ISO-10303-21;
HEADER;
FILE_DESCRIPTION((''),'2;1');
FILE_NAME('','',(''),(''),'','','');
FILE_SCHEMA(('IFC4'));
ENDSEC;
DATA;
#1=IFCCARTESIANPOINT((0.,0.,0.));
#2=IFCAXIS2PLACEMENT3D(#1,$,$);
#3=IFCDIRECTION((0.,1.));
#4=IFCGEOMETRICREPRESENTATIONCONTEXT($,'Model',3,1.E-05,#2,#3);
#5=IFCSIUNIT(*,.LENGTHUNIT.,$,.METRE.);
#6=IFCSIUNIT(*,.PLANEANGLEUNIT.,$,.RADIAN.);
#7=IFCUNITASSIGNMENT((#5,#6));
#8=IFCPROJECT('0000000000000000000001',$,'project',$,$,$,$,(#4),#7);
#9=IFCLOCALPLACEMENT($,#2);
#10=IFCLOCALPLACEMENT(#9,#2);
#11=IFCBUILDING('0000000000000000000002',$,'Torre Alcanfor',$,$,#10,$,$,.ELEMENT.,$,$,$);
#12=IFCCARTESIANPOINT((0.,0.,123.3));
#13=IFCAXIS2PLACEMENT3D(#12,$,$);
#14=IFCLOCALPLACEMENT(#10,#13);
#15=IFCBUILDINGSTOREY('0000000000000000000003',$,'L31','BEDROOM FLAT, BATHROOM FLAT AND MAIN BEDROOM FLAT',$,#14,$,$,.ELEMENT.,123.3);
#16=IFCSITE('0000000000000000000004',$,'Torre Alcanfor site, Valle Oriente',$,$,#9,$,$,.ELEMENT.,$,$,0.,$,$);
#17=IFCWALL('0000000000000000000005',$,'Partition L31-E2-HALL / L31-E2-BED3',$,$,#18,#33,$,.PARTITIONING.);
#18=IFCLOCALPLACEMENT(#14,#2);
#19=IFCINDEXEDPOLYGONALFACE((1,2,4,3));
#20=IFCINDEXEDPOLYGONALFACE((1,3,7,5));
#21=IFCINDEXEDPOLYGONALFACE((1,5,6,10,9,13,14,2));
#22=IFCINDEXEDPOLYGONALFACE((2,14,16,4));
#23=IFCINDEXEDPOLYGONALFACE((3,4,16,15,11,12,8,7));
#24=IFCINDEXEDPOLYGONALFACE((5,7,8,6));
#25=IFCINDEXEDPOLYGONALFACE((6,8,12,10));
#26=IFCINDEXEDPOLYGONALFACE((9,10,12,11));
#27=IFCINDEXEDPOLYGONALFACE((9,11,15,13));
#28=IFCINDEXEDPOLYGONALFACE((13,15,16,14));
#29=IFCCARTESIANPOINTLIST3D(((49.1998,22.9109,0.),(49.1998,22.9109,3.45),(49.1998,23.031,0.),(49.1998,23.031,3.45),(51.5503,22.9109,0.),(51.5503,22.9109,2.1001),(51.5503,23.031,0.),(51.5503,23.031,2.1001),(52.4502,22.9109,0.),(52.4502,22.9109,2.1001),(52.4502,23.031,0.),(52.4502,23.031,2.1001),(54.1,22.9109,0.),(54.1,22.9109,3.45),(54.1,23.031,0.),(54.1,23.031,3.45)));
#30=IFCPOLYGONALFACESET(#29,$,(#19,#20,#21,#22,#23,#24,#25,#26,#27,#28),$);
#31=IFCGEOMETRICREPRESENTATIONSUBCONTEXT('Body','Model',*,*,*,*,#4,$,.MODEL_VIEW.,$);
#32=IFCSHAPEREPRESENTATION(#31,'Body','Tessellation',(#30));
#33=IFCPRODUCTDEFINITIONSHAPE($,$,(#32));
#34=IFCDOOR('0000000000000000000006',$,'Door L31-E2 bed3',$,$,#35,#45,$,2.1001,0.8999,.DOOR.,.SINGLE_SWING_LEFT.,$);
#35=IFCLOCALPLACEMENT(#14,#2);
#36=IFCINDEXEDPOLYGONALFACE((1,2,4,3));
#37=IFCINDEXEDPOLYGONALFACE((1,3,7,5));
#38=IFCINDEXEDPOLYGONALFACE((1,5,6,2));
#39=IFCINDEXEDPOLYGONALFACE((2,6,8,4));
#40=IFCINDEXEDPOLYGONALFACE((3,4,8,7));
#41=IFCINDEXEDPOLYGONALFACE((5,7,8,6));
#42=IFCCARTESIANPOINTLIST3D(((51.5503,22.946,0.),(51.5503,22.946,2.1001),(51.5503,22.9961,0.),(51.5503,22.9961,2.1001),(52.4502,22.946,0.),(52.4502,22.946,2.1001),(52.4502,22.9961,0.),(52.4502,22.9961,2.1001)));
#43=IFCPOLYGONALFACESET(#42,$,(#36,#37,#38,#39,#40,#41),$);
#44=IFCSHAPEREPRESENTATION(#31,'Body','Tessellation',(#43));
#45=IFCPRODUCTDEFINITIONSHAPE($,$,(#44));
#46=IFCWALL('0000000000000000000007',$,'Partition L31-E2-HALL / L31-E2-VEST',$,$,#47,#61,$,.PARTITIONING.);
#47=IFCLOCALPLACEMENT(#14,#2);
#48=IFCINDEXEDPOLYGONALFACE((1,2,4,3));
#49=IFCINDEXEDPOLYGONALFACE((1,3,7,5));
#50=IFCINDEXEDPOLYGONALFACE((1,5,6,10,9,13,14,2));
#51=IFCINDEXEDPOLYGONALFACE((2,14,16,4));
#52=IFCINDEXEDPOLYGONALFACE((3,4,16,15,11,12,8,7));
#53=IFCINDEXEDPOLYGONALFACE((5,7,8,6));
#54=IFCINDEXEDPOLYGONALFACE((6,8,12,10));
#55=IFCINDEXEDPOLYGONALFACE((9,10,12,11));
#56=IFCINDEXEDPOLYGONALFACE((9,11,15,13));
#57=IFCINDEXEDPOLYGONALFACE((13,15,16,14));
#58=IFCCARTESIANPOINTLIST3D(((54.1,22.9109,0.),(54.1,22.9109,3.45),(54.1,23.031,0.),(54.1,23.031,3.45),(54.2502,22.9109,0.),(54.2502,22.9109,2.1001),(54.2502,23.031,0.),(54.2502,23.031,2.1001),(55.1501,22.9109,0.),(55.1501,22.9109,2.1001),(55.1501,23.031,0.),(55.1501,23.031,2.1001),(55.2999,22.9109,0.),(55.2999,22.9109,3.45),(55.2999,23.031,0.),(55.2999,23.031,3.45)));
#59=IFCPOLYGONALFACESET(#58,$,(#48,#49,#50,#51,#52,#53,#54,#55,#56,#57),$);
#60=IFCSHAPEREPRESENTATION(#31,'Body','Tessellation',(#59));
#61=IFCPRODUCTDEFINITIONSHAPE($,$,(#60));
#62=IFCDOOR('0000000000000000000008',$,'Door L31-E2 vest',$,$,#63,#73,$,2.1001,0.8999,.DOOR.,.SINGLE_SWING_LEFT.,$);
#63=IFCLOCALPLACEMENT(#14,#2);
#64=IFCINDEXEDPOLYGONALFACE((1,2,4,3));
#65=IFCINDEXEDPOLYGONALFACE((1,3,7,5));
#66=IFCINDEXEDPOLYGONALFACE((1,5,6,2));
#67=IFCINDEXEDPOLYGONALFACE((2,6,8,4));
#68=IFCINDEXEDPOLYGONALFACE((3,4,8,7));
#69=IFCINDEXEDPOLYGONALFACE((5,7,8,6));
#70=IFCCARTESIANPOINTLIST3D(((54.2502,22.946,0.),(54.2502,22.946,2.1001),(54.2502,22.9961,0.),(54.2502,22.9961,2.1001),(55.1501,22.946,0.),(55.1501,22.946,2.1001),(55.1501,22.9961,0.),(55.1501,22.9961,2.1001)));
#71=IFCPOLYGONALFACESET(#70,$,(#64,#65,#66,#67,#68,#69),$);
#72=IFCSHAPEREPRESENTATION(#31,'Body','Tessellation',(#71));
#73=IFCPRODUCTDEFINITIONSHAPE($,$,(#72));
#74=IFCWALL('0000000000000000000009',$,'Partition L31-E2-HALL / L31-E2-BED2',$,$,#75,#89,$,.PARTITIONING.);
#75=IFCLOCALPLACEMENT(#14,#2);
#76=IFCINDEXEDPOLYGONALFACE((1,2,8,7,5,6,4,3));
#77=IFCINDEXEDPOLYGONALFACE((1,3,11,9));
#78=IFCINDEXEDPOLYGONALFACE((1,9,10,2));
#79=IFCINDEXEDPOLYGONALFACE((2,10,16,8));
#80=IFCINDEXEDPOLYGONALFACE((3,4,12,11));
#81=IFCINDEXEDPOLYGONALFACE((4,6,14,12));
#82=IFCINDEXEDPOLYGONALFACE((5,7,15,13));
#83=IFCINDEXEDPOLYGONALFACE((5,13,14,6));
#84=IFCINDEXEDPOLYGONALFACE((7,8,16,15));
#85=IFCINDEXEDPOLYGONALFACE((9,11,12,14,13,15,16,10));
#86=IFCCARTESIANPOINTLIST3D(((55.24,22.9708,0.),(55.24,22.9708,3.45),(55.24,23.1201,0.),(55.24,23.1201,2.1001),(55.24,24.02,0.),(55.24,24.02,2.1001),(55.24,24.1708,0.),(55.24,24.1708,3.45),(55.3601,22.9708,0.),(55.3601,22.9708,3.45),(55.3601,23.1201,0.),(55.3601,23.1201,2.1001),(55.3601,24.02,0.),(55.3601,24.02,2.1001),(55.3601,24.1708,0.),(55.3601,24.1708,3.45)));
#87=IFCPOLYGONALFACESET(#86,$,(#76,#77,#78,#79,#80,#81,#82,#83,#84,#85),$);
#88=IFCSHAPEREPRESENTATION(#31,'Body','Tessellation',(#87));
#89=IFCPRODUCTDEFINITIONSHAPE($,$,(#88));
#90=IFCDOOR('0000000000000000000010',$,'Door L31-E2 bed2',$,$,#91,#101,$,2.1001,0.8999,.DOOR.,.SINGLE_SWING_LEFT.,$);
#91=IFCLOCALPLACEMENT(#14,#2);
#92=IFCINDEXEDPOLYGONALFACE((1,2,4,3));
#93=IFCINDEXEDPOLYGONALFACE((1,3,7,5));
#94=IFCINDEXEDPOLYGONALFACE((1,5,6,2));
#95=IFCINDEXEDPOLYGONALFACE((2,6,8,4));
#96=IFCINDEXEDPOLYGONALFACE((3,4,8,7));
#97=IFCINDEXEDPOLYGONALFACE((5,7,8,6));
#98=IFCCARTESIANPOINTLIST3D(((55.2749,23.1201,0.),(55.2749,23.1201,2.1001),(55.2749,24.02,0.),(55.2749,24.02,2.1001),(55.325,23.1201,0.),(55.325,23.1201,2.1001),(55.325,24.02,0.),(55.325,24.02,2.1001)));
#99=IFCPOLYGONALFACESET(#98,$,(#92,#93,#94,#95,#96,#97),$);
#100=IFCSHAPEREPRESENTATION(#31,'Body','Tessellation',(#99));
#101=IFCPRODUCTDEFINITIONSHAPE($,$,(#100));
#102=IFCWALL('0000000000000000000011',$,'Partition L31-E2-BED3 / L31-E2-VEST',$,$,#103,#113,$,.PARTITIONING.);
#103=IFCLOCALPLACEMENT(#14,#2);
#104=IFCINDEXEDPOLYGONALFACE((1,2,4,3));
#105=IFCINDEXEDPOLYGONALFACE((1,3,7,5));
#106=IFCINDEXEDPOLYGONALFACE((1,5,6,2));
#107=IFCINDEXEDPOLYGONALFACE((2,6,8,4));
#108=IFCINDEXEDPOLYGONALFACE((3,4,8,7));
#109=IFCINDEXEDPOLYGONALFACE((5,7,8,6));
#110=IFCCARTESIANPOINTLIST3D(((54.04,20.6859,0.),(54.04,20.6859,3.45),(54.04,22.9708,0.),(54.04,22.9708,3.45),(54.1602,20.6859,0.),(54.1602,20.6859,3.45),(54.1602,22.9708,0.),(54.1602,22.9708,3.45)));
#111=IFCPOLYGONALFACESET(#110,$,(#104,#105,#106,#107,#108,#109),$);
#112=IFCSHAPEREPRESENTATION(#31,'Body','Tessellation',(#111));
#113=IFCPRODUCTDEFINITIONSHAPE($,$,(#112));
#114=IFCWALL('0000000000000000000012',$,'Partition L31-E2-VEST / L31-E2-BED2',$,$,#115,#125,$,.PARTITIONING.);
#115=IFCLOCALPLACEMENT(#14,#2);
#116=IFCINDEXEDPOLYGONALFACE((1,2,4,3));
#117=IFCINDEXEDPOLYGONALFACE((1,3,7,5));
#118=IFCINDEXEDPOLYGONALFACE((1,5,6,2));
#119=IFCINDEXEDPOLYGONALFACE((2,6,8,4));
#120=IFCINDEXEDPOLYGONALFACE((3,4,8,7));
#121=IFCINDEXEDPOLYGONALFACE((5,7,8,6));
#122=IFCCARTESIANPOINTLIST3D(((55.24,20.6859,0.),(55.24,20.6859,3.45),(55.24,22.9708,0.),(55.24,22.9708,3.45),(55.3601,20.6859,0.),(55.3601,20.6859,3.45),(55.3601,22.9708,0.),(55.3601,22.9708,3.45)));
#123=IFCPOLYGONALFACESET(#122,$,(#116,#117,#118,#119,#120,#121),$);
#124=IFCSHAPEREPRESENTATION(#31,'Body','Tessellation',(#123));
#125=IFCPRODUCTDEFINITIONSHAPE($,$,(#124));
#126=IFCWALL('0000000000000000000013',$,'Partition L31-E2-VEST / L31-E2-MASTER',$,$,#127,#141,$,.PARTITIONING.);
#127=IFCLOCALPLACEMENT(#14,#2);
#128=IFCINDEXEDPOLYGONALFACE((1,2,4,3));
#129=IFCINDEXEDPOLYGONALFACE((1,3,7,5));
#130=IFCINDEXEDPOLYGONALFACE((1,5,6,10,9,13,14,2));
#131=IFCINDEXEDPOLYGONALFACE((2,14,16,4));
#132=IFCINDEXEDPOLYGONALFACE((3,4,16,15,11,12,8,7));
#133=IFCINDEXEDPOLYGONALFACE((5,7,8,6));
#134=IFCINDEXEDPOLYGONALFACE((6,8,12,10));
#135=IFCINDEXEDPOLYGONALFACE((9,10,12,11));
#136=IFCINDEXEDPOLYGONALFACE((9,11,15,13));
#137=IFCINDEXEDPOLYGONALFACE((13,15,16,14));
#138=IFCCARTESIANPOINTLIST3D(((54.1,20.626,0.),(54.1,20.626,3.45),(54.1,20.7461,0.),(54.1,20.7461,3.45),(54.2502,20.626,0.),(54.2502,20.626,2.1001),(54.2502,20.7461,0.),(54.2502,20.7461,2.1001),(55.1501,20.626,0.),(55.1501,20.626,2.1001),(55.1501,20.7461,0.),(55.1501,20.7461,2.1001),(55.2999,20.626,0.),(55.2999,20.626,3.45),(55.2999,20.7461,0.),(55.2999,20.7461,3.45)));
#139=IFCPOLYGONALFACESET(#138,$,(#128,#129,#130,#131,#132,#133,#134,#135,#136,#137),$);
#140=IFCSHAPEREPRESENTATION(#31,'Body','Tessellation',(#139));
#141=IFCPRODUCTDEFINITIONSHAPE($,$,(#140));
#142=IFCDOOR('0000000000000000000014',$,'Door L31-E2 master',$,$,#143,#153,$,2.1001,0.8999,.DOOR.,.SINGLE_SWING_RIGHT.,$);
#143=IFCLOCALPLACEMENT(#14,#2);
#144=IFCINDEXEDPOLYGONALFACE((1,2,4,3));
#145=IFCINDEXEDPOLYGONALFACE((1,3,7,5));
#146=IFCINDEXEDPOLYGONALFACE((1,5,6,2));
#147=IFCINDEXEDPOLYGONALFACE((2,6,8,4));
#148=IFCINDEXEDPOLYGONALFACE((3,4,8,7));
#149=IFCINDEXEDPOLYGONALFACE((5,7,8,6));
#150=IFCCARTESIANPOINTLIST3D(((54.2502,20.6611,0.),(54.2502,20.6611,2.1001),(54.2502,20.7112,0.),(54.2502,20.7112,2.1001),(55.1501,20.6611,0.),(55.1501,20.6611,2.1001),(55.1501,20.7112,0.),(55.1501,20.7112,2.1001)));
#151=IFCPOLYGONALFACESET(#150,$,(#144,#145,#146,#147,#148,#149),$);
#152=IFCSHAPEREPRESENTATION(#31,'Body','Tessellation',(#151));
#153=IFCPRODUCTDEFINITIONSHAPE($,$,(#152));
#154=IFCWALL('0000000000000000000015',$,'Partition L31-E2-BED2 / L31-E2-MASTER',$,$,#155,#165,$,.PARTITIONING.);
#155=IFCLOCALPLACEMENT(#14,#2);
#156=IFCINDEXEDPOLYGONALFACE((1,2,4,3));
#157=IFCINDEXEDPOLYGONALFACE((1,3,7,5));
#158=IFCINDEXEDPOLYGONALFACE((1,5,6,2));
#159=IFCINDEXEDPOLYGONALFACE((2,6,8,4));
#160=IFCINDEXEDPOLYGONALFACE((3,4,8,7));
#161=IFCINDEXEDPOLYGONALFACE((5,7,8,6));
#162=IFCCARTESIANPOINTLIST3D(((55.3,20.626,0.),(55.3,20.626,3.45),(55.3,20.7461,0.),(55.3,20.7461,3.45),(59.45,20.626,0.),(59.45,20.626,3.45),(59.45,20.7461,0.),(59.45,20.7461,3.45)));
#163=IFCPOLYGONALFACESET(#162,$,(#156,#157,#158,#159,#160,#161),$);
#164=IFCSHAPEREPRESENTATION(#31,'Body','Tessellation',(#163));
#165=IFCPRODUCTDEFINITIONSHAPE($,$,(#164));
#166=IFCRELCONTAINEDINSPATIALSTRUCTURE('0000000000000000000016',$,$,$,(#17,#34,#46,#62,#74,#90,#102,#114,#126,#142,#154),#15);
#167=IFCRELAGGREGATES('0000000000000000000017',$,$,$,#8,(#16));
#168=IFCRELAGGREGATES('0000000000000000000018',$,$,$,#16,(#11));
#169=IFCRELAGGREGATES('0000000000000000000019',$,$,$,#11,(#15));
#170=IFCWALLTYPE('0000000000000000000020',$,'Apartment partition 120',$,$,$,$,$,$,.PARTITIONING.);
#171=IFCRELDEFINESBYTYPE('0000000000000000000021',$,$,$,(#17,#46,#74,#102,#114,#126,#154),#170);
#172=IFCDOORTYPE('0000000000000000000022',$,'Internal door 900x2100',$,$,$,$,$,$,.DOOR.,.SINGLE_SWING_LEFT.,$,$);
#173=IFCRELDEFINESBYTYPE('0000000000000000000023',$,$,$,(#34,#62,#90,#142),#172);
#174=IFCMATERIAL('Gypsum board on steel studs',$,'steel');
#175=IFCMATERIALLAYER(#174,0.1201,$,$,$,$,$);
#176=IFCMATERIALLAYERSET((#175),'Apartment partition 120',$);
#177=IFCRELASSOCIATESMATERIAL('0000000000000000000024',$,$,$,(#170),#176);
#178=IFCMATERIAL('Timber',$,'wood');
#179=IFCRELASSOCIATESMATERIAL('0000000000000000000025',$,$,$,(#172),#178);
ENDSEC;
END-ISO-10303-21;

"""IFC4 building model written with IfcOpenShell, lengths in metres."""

from ifc_helpers import new_model, si_unit, direction, frame, frame_2d, origin, place, context, subcontext, project, spatial, rectangle, extrude, material, layer, layer_set, type_object, element, fill, save


model = new_model("IFC4")

# Units and contexts
model_context = context("Model", 3, precision=1e-05, world=origin(), true_north=direction((0.0, 1.0)))
body_context = subcontext(model_context, "Body", "Model", "MODEL_VIEW")
ifc_project = project(units=[si_unit("LENGTHUNIT", "METRE"), si_unit("PLANEANGLEUNIT", "RADIAN")], contexts=[model_context])

# Site, building, storey
site_placement = place(None, origin())
site = spatial("IfcSite", under=ifc_project, at=site_placement, Name="Torre Alcanfor site, Valle Oriente", CompositionType="ELEMENT", RefElevation=0.0)
building_placement = place(site_placement, origin())
building = spatial("IfcBuilding", under=site, at=building_placement, Name="Torre Alcanfor", CompositionType="ELEMENT")
storey_placement = place(building_placement, frame((0.0, 0.0, 123.3)))
storey = spatial("IfcBuildingStorey", under=building, at=storey_placement, Name="L31", Description="BEDROOM FLAT, BATHROOM FLAT AND MAIN BEDROOM FLAT", CompositionType="ELEMENT", Elevation=123.3)

# Shared definitions
ifc_material_1 = material(Name="Gypsum board on steel studs", Category="steel")
ifc_layer_1 = layer(ifc_material_1, 0.1201)
ifc_layer_set_1 = layer_set([ifc_layer_1], Name="Apartment partition 120")
wall_type_1 = type_object("IfcWallType", Name="Apartment partition 120", PredefinedType="PARTITIONING", material=ifc_layer_set_1)
ifc_material_2 = material(Name="Timber", Category="wood")
door_type = type_object("IfcDoorType", Name="Internal door 900x2100", OperationType="SINGLE_SWING_LEFT", PredefinedType="DOOR", material=ifc_material_2)

# Walls, openings, doors
wall_1_placement = place(storey_placement, frame((54.1001, 22.9709, 0.0), z_axis=(0.0, 0.0, 1.0), x_axis=(-1.0, 0.0, 0.0)))
wall_1 = element("IfcWall", 1, at=wall_1_placement, inside=storey, type_object=wall_type_1, Name="Partition L31-E2-HALL / L31-E2-BED3", PredefinedType="PARTITIONING", context=body_context, shape_type="SweptSolid", body=[
    extrude(rectangle(XDim=4.9001, YDim=0.1201, at=frame_2d((2.4502, 0.0))), origin(), (0.0, 0.0, 1.0), 3.45),
])
opening_1_placement = place(wall_1_placement, frame((1.6499, 0.0, 0.0)))
opening_1 = element("IfcOpeningElement", 2, at=opening_1_placement, cuts=wall_1, PredefinedType="OPENING", context=body_context, shape_type="SweptSolid", body=[
    extrude(rectangle(XDim=0.8999, YDim=2.1001, at=frame_2d((0.45, 1.05))), frame((0.0, 0.0701, 0.0), z_axis=(0.0, -1.0, 0.0), x_axis=(1.0, 0.0, 0.0)), (0.0, 0.0, 1.0), 0.1401),
])
door_1_placement = place(opening_1_placement, origin())
door_1 = element("IfcDoor", 3, at=door_1_placement, inside=storey, type_object=door_type, Name="Door L31-E2 bed3", OperationType="SINGLE_SWING_LEFT", OverallHeight=2.1001, OverallWidth=0.8999, PredefinedType="DOOR", context=body_context, shape_type="SweptSolid", body=[
    extrude(rectangle(XDim=0.8999, YDim=2.1001, at=frame_2d((0.45, 1.05))), frame((0.0, 0.0249, 0.0), z_axis=(0.0, -1.0, 0.0), x_axis=(1.0, 0.0, 0.0)), (0.0, 0.0, 1.0), 0.05),
])
fill(opening_1, door_1)
wall_2_placement = place(storey_placement, frame((55.3, 22.9709, 0.0), z_axis=(0.0, 0.0, 1.0), x_axis=(-1.0, 0.0, 0.0)))
wall_2 = element("IfcWall", 4, at=wall_2_placement, inside=storey, type_object=wall_type_1, Name="Partition L31-E2-HALL / L31-E2-VEST", PredefinedType="PARTITIONING", context=body_context, shape_type="SweptSolid", body=[
    extrude(rectangle(XDim=1.2, YDim=0.1201, at=frame_2d((0.6001, 0.0))), origin(), (0.0, 0.0, 1.0), 3.45),
])
opening_2_placement = place(wall_2_placement, frame((0.1499, 0.0, 0.0)))
opening_2 = element("IfcOpeningElement", 5, at=opening_2_placement, cuts=wall_2, PredefinedType="OPENING", context=body_context, shape_type="SweptSolid", body=[
    extrude(rectangle(XDim=0.8999, YDim=2.1001, at=frame_2d((0.45, 1.05))), frame((0.0, 0.0701, 0.0), z_axis=(0.0, -1.0, 0.0), x_axis=(1.0, 0.0, 0.0)), (0.0, 0.0, 1.0), 0.1401),
])
door_2_placement = place(opening_2_placement, origin())
door_2 = element("IfcDoor", 6, at=door_2_placement, inside=storey, type_object=door_type, Name="Door L31-E2 vest", OperationType="SINGLE_SWING_LEFT", OverallHeight=2.1001, OverallWidth=0.8999, PredefinedType="DOOR", context=body_context, shape_type="SweptSolid", body=[
    extrude(rectangle(XDim=0.8999, YDim=2.1001, at=frame_2d((0.45, 1.05))), frame((0.0, 0.0249, 0.0), z_axis=(0.0, -1.0, 0.0), x_axis=(1.0, 0.0, 0.0)), (0.0, 0.0, 1.0), 0.05),
])
fill(opening_2, door_2)
wall_3_placement = place(storey_placement, frame((55.3, 24.1709, 0.0), z_axis=(0.0, 0.0, 1.0), x_axis=(0.0, -1.0, 0.0)))
wall_3 = element("IfcWall", 7, at=wall_3_placement, inside=storey, type_object=wall_type_1, Name="Partition L31-E2-HALL / L31-E2-BED2", PredefinedType="PARTITIONING", context=body_context, shape_type="SweptSolid", body=[
    extrude(rectangle(XDim=1.2, YDim=0.1201, at=frame_2d((0.6001, 0.0))), origin(), (0.0, 0.0, 1.0), 3.45),
])
opening_3_placement = place(wall_3_placement, frame((0.1509, 0.0, 0.0)))
opening_3 = element("IfcOpeningElement", 8, at=opening_3_placement, cuts=wall_3, PredefinedType="OPENING", context=body_context, shape_type="SweptSolid", body=[
    extrude(rectangle(XDim=0.8999, YDim=2.1001, at=frame_2d((0.45, 1.05))), frame((0.0, 0.0701, 0.0), z_axis=(0.0, -1.0, 0.0), x_axis=(1.0, 0.0, 0.0)), (0.0, 0.0, 1.0), 0.1401),
])
door_3_placement = place(opening_3_placement, origin())
door_3 = element("IfcDoor", 9, at=door_3_placement, inside=storey, type_object=door_type, Name="Door L31-E2 bed2", OperationType="SINGLE_SWING_LEFT", OverallHeight=2.1001, OverallWidth=0.8999, PredefinedType="DOOR", context=body_context, shape_type="SweptSolid", body=[
    extrude(rectangle(XDim=0.8999, YDim=2.1001, at=frame_2d((0.45, 1.05))), frame((0.0, 0.0249, 0.0), z_axis=(0.0, -1.0, 0.0), x_axis=(1.0, 0.0, 0.0)), (0.0, 0.0, 1.0), 0.05),
])
fill(opening_3, door_3)

# Walls
for number, where, z_axis, x_axis, name in (
    (10, (54.1001, 22.9709, 0.0), (0.0, 0.0, 1.0), (0.0, -1.0, 0.0), "Partition L31-E2-BED3 / L31-E2-VEST"),
    (11, (55.3, 22.9709, 0.0), (0.0, 0.0, 1.0), (0.0, -1.0, 0.0), "Partition L31-E2-VEST / L31-E2-BED2"),
):
    element("IfcWall", number, at=place(storey_placement, frame(where, z_axis=z_axis, x_axis=x_axis)), inside=storey, type_object=wall_type_1, Name=name, PredefinedType="PARTITIONING", context=body_context, shape_type="SweptSolid", body=[
        extrude(rectangle(XDim=2.2849, YDim=0.1201, at=frame_2d((1.1426, 0.0))), origin(), (0.0, 0.0, 1.0), 3.45),
    ])

# Wall, opening, door
wall_4_placement = place(storey_placement, frame((55.3, 20.686, 0.0), z_axis=(0.0, 0.0, 1.0), x_axis=(-1.0, 0.0, 0.0)))
wall_4 = element("IfcWall", 12, at=wall_4_placement, inside=storey, type_object=wall_type_1, Name="Partition L31-E2-VEST / L31-E2-MASTER", PredefinedType="PARTITIONING", context=body_context, shape_type="SweptSolid", body=[
    extrude(rectangle(XDim=1.2, YDim=0.1201, at=frame_2d((0.6001, 0.0))), origin(), (0.0, 0.0, 1.0), 3.45),
])
opening_4_placement = place(wall_4_placement, frame((0.1499, 0.0, 0.0)))
opening_4 = element("IfcOpeningElement", 13, at=opening_4_placement, cuts=wall_4, PredefinedType="OPENING", context=body_context, shape_type="SweptSolid", body=[
    extrude(rectangle(XDim=0.8999, YDim=2.1001, at=frame_2d((0.45, 1.05))), frame((0.0, 0.0701, 0.0), z_axis=(0.0, -1.0, 0.0), x_axis=(1.0, 0.0, 0.0)), (0.0, 0.0, 1.0), 0.1401),
])
door_4_placement = place(opening_4_placement, frame((0.8999, 0.0, 0.0), z_axis=(0.0, 0.0, 1.0), x_axis=(-1.0, 0.0, 0.0)))
door_4 = element("IfcDoor", 14, at=door_4_placement, inside=storey, type_object=door_type, Name="Door L31-E2 master", OperationType="SINGLE_SWING_RIGHT", OverallHeight=2.1001, OverallWidth=0.8999, PredefinedType="DOOR", context=body_context, shape_type="SweptSolid", body=[
    extrude(rectangle(XDim=0.8999, YDim=2.1001, at=frame_2d((0.45, 1.05))), frame((0.0, 0.0251, 0.0), z_axis=(0.0, -1.0, 0.0), x_axis=(1.0, 0.0, 0.0)), (0.0, 0.0, 1.0), 0.05),
])
fill(opening_4, door_4)

# Wall
wall_5_placement = place(storey_placement, frame((59.45, 20.686, 0.0), z_axis=(0.0, 0.0, 1.0), x_axis=(-1.0, 0.0, 0.0)))
element("IfcWall", 15, at=wall_5_placement, inside=storey, type_object=wall_type_1, Name="Partition L31-E2-BED2 / L31-E2-MASTER", PredefinedType="PARTITIONING", context=body_context, shape_type="SweptSolid", body=[
    extrude(rectangle(XDim=4.1499, YDim=0.1201, at=frame_2d((2.075, 0.0))), origin(), (0.0, 0.0, 1.0), 3.45),
])

save(model, "model.ifc")
